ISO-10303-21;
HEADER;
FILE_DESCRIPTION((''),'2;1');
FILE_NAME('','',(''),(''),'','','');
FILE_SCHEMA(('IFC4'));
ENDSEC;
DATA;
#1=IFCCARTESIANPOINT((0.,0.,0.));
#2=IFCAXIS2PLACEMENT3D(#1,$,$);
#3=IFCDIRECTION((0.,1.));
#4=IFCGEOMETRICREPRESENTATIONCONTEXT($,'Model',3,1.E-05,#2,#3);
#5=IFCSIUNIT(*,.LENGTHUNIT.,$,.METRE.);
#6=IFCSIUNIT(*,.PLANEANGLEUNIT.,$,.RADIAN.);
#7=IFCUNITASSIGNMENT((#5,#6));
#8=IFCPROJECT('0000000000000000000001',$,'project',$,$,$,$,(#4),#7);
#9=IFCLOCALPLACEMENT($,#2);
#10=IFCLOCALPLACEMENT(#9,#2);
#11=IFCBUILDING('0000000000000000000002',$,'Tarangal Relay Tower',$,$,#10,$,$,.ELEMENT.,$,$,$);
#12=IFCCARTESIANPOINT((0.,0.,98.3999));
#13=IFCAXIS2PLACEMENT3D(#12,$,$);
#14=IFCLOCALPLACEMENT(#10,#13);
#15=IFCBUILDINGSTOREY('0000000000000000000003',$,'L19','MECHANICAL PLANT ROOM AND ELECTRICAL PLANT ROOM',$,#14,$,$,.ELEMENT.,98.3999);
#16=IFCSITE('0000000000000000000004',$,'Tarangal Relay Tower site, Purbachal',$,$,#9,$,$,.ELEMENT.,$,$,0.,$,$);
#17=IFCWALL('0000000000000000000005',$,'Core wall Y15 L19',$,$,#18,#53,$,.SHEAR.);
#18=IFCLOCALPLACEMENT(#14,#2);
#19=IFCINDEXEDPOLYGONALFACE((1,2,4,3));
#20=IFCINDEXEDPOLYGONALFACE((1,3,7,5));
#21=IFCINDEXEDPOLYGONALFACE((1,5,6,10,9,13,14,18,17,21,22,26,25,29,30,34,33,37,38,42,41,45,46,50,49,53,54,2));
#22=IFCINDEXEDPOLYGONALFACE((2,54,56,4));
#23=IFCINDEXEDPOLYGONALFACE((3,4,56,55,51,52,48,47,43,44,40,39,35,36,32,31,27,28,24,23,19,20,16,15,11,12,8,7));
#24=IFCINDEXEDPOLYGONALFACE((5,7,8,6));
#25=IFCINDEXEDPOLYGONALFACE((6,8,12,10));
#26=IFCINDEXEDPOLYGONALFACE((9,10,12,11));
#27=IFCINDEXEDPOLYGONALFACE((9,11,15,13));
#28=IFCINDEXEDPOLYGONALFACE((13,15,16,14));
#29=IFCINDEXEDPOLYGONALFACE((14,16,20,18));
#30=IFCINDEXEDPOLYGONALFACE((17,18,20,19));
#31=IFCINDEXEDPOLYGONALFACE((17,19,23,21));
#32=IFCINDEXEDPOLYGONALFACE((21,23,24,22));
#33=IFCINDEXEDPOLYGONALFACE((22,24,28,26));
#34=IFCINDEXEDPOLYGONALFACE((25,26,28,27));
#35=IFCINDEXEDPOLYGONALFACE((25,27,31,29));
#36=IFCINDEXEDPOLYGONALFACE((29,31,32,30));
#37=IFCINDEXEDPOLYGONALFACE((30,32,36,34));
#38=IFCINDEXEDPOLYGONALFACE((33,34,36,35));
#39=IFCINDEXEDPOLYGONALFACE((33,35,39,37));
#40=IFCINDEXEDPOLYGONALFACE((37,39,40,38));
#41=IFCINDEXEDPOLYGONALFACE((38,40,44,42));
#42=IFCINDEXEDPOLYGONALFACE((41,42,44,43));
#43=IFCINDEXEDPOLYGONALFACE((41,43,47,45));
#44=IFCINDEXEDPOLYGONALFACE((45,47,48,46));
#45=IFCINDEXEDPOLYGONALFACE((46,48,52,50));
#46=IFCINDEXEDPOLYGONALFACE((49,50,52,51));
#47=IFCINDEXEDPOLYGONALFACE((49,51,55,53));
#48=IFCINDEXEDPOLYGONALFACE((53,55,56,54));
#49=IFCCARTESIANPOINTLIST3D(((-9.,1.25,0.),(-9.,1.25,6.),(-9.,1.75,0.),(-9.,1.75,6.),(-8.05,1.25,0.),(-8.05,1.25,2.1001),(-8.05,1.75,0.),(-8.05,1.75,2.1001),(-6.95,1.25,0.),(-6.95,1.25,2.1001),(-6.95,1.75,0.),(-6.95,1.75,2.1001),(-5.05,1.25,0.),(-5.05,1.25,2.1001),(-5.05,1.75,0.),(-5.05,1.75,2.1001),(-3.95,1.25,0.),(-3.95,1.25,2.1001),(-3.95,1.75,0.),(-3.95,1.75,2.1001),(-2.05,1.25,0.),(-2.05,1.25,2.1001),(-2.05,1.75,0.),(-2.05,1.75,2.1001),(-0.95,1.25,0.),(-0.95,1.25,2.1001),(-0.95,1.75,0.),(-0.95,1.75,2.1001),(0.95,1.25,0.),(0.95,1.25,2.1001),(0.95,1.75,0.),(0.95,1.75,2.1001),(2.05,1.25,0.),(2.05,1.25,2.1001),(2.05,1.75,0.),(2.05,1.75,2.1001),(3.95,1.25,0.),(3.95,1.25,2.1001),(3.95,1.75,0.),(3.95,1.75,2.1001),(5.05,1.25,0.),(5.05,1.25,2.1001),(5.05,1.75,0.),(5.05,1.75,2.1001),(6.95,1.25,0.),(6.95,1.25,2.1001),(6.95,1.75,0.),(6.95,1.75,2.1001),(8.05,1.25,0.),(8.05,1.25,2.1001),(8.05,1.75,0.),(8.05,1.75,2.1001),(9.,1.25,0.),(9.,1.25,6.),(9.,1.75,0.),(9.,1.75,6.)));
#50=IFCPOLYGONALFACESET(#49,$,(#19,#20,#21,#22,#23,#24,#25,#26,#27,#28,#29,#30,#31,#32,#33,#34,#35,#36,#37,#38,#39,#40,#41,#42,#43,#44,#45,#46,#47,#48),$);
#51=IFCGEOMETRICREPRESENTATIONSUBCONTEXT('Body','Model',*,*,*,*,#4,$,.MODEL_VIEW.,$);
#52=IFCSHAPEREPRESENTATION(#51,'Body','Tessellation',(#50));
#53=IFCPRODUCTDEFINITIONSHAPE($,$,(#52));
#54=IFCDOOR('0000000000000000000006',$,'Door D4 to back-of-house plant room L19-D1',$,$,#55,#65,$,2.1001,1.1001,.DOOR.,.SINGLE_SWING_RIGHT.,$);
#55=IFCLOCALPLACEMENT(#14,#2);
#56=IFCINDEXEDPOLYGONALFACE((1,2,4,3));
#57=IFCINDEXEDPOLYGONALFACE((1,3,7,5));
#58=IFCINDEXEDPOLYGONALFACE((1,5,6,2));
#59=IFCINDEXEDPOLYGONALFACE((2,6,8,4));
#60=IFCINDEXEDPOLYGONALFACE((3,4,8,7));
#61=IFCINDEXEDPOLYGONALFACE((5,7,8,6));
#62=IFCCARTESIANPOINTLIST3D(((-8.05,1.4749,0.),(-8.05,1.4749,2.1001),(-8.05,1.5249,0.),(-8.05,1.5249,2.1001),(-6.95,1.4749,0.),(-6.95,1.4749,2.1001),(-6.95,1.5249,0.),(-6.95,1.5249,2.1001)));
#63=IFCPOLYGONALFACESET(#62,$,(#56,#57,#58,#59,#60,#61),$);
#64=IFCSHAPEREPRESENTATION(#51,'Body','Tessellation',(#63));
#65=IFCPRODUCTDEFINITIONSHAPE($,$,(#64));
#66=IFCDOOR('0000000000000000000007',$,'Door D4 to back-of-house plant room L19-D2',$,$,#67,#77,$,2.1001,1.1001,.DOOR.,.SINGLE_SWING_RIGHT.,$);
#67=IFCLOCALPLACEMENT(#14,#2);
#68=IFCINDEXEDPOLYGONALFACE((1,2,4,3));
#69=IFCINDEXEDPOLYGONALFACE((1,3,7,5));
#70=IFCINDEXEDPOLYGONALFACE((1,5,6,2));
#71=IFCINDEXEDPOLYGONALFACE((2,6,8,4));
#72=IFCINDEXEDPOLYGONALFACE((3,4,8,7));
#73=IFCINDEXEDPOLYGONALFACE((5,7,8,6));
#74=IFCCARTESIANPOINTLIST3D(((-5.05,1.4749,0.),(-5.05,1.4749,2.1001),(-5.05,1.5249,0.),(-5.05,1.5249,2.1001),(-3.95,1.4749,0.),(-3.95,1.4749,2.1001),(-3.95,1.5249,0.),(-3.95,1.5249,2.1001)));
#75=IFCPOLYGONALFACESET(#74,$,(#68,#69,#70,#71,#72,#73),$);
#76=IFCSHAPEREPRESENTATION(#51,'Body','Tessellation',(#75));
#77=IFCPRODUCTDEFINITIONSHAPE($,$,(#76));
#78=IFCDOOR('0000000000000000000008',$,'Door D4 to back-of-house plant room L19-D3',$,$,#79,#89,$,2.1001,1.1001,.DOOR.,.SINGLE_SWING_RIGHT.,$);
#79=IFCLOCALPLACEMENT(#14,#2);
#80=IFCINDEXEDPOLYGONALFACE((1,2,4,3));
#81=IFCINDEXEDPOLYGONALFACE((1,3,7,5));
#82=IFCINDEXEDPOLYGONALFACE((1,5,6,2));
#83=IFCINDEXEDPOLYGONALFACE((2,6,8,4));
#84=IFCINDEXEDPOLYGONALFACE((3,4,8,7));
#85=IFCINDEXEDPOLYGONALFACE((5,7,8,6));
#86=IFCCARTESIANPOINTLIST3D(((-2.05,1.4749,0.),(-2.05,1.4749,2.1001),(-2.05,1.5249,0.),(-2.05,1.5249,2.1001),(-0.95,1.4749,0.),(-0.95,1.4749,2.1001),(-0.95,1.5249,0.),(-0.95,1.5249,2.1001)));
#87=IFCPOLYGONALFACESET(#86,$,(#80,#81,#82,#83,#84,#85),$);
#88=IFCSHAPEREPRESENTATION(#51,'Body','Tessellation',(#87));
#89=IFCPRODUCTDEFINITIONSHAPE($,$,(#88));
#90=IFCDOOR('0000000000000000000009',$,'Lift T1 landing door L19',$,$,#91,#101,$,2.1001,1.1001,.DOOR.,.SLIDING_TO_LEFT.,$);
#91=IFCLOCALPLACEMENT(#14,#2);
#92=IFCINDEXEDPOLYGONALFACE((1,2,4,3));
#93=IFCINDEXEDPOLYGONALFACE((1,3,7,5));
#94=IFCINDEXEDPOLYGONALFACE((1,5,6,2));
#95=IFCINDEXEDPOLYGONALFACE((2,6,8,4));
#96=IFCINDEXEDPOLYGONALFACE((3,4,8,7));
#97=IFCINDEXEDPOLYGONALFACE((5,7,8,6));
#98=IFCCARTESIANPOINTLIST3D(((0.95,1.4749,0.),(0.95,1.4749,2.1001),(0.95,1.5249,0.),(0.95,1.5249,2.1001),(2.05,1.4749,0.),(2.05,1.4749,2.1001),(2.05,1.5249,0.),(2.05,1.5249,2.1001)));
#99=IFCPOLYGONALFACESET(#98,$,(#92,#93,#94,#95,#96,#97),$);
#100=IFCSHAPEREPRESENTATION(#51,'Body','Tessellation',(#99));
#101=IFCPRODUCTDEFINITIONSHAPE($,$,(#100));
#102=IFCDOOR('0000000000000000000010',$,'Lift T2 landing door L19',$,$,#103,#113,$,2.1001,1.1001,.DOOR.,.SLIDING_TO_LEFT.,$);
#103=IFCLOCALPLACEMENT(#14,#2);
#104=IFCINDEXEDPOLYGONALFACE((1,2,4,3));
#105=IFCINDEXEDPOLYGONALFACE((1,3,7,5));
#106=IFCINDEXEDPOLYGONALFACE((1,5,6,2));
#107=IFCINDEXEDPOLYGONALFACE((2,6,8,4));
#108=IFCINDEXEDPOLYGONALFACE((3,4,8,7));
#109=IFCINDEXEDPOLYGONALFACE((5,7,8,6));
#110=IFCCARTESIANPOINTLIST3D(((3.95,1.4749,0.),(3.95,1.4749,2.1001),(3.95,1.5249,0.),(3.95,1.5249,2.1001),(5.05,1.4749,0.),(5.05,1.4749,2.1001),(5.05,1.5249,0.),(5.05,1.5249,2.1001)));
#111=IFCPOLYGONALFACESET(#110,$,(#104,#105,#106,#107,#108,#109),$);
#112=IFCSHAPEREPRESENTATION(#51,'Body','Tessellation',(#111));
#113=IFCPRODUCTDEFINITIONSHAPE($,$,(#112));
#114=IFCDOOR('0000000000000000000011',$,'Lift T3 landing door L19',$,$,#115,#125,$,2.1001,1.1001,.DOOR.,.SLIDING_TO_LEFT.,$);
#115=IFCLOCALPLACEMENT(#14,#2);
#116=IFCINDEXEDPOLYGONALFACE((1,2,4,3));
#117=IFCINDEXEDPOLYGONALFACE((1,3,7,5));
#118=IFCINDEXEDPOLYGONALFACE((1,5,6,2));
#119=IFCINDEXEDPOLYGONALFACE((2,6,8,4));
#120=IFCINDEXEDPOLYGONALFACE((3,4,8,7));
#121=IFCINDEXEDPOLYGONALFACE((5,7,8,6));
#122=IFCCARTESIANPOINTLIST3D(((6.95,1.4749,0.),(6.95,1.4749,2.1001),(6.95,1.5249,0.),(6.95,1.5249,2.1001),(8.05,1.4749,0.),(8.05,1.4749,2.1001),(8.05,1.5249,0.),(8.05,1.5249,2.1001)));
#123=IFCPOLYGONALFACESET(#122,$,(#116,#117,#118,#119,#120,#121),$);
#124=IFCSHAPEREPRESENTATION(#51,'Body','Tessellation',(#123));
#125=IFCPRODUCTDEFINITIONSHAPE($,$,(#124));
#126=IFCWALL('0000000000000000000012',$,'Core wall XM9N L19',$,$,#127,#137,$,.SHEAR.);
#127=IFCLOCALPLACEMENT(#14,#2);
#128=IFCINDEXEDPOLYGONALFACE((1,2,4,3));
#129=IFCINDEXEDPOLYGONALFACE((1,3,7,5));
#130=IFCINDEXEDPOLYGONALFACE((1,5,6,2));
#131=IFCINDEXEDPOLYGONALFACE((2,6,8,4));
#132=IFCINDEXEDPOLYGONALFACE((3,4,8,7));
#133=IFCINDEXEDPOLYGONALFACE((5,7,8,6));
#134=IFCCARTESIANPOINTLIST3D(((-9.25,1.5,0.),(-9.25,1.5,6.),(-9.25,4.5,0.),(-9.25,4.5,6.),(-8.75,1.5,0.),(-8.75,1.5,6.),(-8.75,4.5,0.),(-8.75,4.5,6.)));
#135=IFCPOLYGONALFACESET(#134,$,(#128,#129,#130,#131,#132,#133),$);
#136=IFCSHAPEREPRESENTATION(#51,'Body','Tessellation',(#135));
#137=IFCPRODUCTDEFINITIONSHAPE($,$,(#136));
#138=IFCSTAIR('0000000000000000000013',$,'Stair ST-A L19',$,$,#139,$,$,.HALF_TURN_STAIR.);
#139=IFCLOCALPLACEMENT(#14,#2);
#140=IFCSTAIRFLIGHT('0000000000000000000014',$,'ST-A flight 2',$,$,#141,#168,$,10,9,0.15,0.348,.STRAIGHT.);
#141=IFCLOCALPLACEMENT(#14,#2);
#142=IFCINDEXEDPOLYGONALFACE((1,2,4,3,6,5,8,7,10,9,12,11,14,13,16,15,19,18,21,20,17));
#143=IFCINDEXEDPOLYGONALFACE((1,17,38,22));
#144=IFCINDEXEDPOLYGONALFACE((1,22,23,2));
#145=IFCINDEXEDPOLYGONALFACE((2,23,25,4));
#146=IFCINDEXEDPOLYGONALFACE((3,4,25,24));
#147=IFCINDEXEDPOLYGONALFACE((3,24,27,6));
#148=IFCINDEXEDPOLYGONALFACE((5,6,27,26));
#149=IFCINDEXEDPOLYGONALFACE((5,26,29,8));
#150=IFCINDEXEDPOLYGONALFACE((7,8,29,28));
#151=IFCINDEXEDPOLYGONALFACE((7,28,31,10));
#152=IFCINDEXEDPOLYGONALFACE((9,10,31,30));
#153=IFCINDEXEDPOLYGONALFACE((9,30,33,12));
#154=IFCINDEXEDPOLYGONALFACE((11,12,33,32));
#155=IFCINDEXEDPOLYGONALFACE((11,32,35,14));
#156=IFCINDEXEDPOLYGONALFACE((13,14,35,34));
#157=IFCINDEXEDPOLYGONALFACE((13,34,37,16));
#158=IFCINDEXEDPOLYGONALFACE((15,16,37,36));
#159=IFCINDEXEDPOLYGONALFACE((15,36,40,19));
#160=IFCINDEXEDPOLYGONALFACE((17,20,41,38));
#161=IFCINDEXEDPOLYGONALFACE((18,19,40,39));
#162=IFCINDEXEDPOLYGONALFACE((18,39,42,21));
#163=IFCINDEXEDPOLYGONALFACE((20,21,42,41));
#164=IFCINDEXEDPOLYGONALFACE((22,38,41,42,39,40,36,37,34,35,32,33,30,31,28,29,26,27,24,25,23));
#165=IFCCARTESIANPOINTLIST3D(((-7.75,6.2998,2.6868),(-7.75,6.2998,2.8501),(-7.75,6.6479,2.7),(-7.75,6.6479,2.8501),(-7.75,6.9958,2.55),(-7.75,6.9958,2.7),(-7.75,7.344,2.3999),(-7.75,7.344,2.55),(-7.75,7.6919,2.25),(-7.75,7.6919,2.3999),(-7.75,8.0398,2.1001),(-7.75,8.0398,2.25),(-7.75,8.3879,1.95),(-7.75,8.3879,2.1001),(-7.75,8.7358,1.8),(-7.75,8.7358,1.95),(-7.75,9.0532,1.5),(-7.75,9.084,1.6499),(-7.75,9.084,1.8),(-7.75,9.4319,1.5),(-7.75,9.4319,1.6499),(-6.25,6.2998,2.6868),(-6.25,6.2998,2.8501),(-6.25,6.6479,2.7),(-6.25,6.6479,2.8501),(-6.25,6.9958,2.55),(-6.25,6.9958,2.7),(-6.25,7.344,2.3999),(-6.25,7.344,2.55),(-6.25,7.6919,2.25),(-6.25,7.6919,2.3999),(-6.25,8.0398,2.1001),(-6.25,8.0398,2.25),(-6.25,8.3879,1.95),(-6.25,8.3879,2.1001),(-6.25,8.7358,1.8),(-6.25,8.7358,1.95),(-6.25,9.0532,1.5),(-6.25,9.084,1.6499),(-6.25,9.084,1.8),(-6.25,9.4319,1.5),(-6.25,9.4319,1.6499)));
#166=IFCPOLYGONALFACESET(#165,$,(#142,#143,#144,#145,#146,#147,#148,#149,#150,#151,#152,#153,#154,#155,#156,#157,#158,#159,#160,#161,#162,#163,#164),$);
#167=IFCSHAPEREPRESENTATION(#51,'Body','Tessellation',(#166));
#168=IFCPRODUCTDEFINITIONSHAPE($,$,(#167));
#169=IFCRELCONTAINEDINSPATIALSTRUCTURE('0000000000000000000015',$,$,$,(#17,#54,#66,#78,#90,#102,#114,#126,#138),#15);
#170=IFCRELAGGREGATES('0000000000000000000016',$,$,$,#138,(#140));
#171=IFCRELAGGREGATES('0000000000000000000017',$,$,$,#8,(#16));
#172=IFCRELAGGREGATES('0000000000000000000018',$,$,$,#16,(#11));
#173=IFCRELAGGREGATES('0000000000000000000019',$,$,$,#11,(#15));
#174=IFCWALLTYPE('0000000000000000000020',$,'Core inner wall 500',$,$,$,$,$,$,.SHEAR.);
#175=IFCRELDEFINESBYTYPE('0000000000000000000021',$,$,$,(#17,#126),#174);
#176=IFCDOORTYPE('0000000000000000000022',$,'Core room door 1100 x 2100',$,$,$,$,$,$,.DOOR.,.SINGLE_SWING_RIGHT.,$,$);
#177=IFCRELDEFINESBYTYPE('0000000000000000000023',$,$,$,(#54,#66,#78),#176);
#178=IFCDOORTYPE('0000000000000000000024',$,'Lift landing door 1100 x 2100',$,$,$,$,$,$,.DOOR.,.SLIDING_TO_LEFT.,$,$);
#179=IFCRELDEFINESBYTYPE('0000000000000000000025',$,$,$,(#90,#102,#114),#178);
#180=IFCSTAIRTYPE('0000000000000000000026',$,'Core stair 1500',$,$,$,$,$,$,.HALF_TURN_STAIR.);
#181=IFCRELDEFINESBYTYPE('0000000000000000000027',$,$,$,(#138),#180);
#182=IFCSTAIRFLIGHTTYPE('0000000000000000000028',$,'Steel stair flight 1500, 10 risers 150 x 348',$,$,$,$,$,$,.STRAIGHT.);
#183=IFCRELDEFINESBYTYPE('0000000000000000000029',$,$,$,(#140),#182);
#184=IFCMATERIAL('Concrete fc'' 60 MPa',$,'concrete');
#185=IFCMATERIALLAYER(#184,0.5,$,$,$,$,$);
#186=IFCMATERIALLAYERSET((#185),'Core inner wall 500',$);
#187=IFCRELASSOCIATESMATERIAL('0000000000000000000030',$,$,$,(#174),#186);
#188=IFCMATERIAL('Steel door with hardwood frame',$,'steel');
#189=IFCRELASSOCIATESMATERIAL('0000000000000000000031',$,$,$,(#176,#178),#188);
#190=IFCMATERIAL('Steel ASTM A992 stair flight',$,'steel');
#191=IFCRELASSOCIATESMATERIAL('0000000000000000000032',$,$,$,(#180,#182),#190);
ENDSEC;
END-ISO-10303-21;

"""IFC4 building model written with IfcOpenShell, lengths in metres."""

from ifc_helpers import new_model, si_unit, direction, frame, frame_2d, origin, place, context, subcontext, project, spatial, polyline, rectangle, outline, extrude, material, layer, layer_set, type_object, element, fill, aggregate, save


model = new_model("IFC4")

# Units and contexts
model_context = context("Model", 3, precision=1e-05, world=origin(), true_north=direction((0.0, 1.0)))
body_context = subcontext(model_context, "Body", "Model", "MODEL_VIEW")
ifc_project = project(units=[si_unit("LENGTHUNIT", "METRE"), si_unit("PLANEANGLEUNIT", "RADIAN")], contexts=[model_context])

# Site, building, storey
site_placement = place(None, origin())
site = spatial("IfcSite", under=ifc_project, at=site_placement, Name="Tarangal Relay Tower site, Purbachal", CompositionType="ELEMENT", RefElevation=0.0)
building_placement = place(site_placement, origin())
building = spatial("IfcBuilding", under=site, at=building_placement, Name="Tarangal Relay Tower", CompositionType="ELEMENT")
storey_placement = place(building_placement, frame((0.0, 0.0, 98.3999)))
storey = spatial("IfcBuildingStorey", under=building, at=storey_placement, Name="L19", Description="MECHANICAL PLANT ROOM AND ELECTRICAL PLANT ROOM", CompositionType="ELEMENT", Elevation=98.3999)

# Wall, openings, doors
ifc_material_1 = material(Name="Concrete fc' 60 MPa", Category="concrete")
ifc_layer = layer(ifc_material_1, 0.5)
ifc_layer_set = layer_set([ifc_layer], Name="Core inner wall 500")
wall_type = type_object("IfcWallType", Name="Core inner wall 500", PredefinedType="SHEAR", material=ifc_layer_set)
wall_1_placement = place(storey_placement, frame((-9.0, 1.5, 0.0), z_axis=(0.0, 0.0, 1.0), x_axis=(1.0, 0.0, 0.0)))
wall_1 = element("IfcWall", 1, at=wall_1_placement, inside=storey, type_object=wall_type, Name="Core wall Y15 L19", PredefinedType="SHEAR", context=body_context, shape_type="SweptSolid", body=[
    extrude(rectangle(XDim=18.0, YDim=0.5, at=frame_2d((9.0, 0.0))), origin(), (0.0, 0.0, 1.0), 6.0),
])
opening_1_placement = place(wall_1_placement, frame((9.95, 0.0, 0.0)))
opening_1 = element("IfcOpeningElement", 2, at=opening_1_placement, cuts=wall_1, PredefinedType="OPENING", context=body_context, shape_type="SweptSolid", body=[
    extrude(rectangle(XDim=1.1001, YDim=2.1001, at=frame_2d((0.55, 1.05))), frame((0.0, 0.26, 0.0), z_axis=(0.0, -1.0, 0.0), x_axis=(1.0, 0.0, 0.0)), (0.0, 0.0, 1.0), 0.52),
])
opening_2_placement = place(wall_1_placement, frame((12.95, 0.0, 0.0)))
opening_2 = element("IfcOpeningElement", 3, at=opening_2_placement, cuts=wall_1, PredefinedType="OPENING", context=body_context, shape_type="SweptSolid", body=[
    extrude(rectangle(XDim=1.1001, YDim=2.1001, at=frame_2d((0.55, 1.05))), frame((0.0, 0.26, 0.0), z_axis=(0.0, -1.0, 0.0), x_axis=(1.0, 0.0, 0.0)), (0.0, 0.0, 1.0), 0.52),
])
opening_3_placement = place(wall_1_placement, frame((15.95, 0.0, 0.0)))
opening_3 = element("IfcOpeningElement", 4, at=opening_3_placement, cuts=wall_1, PredefinedType="OPENING", context=body_context, shape_type="SweptSolid", body=[
    extrude(rectangle(XDim=1.1001, YDim=2.1001, at=frame_2d((0.55, 1.05))), frame((0.0, 0.26, 0.0), z_axis=(0.0, -1.0, 0.0), x_axis=(1.0, 0.0, 0.0)), (0.0, 0.0, 1.0), 0.52),
])
opening_4_placement = place(wall_1_placement, frame((0.95, 0.0, 0.0)))
opening_4 = element("IfcOpeningElement", 5, at=opening_4_placement, cuts=wall_1, PredefinedType="OPENING", context=body_context, shape_type="SweptSolid", body=[
    extrude(rectangle(XDim=1.1001, YDim=2.1001, at=frame_2d((0.55, 1.05))), frame((0.0, 0.26, 0.0), z_axis=(0.0, -1.0, 0.0), x_axis=(1.0, 0.0, 0.0)), (0.0, 0.0, 1.0), 0.52),
])
opening_5_placement = place(wall_1_placement, frame((3.95, 0.0, 0.0)))
opening_5 = element("IfcOpeningElement", 6, at=opening_5_placement, cuts=wall_1, PredefinedType="OPENING", context=body_context, shape_type="SweptSolid", body=[
    extrude(rectangle(XDim=1.1001, YDim=2.1001, at=frame_2d((0.55, 1.05))), frame((0.0, 0.26, 0.0), z_axis=(0.0, -1.0, 0.0), x_axis=(1.0, 0.0, 0.0)), (0.0, 0.0, 1.0), 0.52),
])
opening_6_placement = place(wall_1_placement, frame((6.95, 0.0, 0.0)))
opening_6 = element("IfcOpeningElement", 7, at=opening_6_placement, cuts=wall_1, PredefinedType="OPENING", context=body_context, shape_type="SweptSolid", body=[
    extrude(rectangle(XDim=1.1001, YDim=2.1001, at=frame_2d((0.55, 1.05))), frame((0.0, 0.26, 0.0), z_axis=(0.0, -1.0, 0.0), x_axis=(1.0, 0.0, 0.0)), (0.0, 0.0, 1.0), 0.52),
])
ifc_material_2 = material(Name="Steel door with hardwood frame", Category="steel")
door_type_1 = type_object("IfcDoorType", Name="Core room door 1100 x 2100", OperationType="SINGLE_SWING_RIGHT", PredefinedType="DOOR", material=ifc_material_2)
door_1_placement = place(opening_4_placement, origin())
door_1 = element("IfcDoor", 8, at=door_1_placement, inside=storey, type_object=door_type_1, Name="Door D4 to back-of-house plant room L19-D1", OperationType="SINGLE_SWING_RIGHT", OverallHeight=2.1001, OverallWidth=1.1001, PredefinedType="DOOR", context=body_context, shape_type="SweptSolid", body=[
    extrude(rectangle(XDim=1.1001, YDim=2.1001, at=frame_2d((0.55, 1.05))), frame((0.0, 0.0249, 0.0), z_axis=(0.0, -1.0, 0.0), x_axis=(1.0, 0.0, 0.0)), (0.0, 0.0, 1.0), 0.05),
])
fill(opening_4, door_1)
door_2_placement = place(opening_5_placement, origin())
door_2 = element("IfcDoor", 9, at=door_2_placement, inside=storey, type_object=door_type_1, Name="Door D4 to back-of-house plant room L19-D2", OperationType="SINGLE_SWING_RIGHT", OverallHeight=2.1001, OverallWidth=1.1001, PredefinedType="DOOR", context=body_context, shape_type="SweptSolid", body=[
    extrude(rectangle(XDim=1.1001, YDim=2.1001, at=frame_2d((0.55, 1.05))), frame((0.0, 0.0249, 0.0), z_axis=(0.0, -1.0, 0.0), x_axis=(1.0, 0.0, 0.0)), (0.0, 0.0, 1.0), 0.05),
])
fill(opening_5, door_2)
door_3_placement = place(opening_6_placement, origin())
door_3 = element("IfcDoor", 10, at=door_3_placement, inside=storey, type_object=door_type_1, Name="Door D4 to back-of-house plant room L19-D3", OperationType="SINGLE_SWING_RIGHT", OverallHeight=2.1001, OverallWidth=1.1001, PredefinedType="DOOR", context=body_context, shape_type="SweptSolid", body=[
    extrude(rectangle(XDim=1.1001, YDim=2.1001, at=frame_2d((0.55, 1.05))), frame((0.0, 0.0249, 0.0), z_axis=(0.0, -1.0, 0.0), x_axis=(1.0, 0.0, 0.0)), (0.0, 0.0, 1.0), 0.05),
])
fill(opening_6, door_3)
door_type_2 = type_object("IfcDoorType", Name="Lift landing door 1100 x 2100", OperationType="SLIDING_TO_LEFT", PredefinedType="DOOR", material=ifc_material_2)
door_4_placement = place(opening_1_placement, origin())
door_4 = element("IfcDoor", 11, at=door_4_placement, inside=storey, type_object=door_type_2, Name="Lift T1 landing door L19", OperationType="SLIDING_TO_LEFT", OverallHeight=2.1001, OverallWidth=1.1001, PredefinedType="DOOR", context=body_context, shape_type="SweptSolid", body=[
    extrude(rectangle(XDim=1.1001, YDim=2.1001, at=frame_2d((0.55, 1.05))), frame((0.0, 0.0249, 0.0), z_axis=(0.0, -1.0, 0.0), x_axis=(1.0, 0.0, 0.0)), (0.0, 0.0, 1.0), 0.05),
])
fill(opening_1, door_4)
door_5_placement = place(opening_2_placement, origin())
door_5 = element("IfcDoor", 12, at=door_5_placement, inside=storey, type_object=door_type_2, Name="Lift T2 landing door L19", OperationType="SLIDING_TO_LEFT", OverallHeight=2.1001, OverallWidth=1.1001, PredefinedType="DOOR", context=body_context, shape_type="SweptSolid", body=[
    extrude(rectangle(XDim=1.1001, YDim=2.1001, at=frame_2d((0.55, 1.05))), frame((0.0, 0.0249, 0.0), z_axis=(0.0, -1.0, 0.0), x_axis=(1.0, 0.0, 0.0)), (0.0, 0.0, 1.0), 0.05),
])
fill(opening_2, door_5)
door_6_placement = place(opening_3_placement, origin())
door_6 = element("IfcDoor", 13, at=door_6_placement, inside=storey, type_object=door_type_2, Name="Lift T3 landing door L19", OperationType="SLIDING_TO_LEFT", OverallHeight=2.1001, OverallWidth=1.1001, PredefinedType="DOOR", context=body_context, shape_type="SweptSolid", body=[
    extrude(rectangle(XDim=1.1001, YDim=2.1001, at=frame_2d((0.55, 1.05))), frame((0.0, 0.0249, 0.0), z_axis=(0.0, -1.0, 0.0), x_axis=(1.0, 0.0, 0.0)), (0.0, 0.0, 1.0), 0.05),
])
fill(opening_3, door_6)

# Wall
wall_2_placement = place(storey_placement, frame((-9.0, 1.5, 0.0), z_axis=(0.0, 0.0, 1.0), x_axis=(0.0, 1.0, 0.0)))
element("IfcWall", 14, at=wall_2_placement, inside=storey, type_object=wall_type, Name="Core wall XM9N L19", PredefinedType="SHEAR", context=body_context, shape_type="SweptSolid", body=[
    extrude(rectangle(XDim=3.0, YDim=0.5, at=frame_2d((1.5, 0.0))), origin(), (0.0, 0.0, 1.0), 6.0),
])

# Stair, stair flight
ifc_material_3 = material(Name="Steel ASTM A992 stair flight", Category="steel")
stair_type = type_object("IfcStairType", Name="Core stair 1500", PredefinedType="HALF_TURN_STAIR", material=ifc_material_3)
stair_placement = place(storey_placement, origin())
stair = element("IfcStair", 15, at=stair_placement, inside=storey, type_object=stair_type, Name="Stair ST-A L19", PredefinedType="HALF_TURN_STAIR")
stair_flight_type = type_object("IfcStairFlightType", Name="Steel stair flight 1500, 10 risers 150 x 348", PredefinedType="STRAIGHT", material=ifc_material_3)
stair_flight_1_placement = place(storey_placement, frame((-7.0, 9.4319, 1.5), z_axis=(0.0, 0.0, 1.0), x_axis=(0.0, -1.0, 0.0)))
stair_flight_1 = element("IfcStairFlight", 16, at=stair_flight_1_placement, type_object=stair_flight_type, Name="ST-A flight 2", NumberOfRisers=10, NumberOfTreads=9, PredefinedType="STRAIGHT", RiserHeight=0.15, TreadLength=0.348, context=body_context, shape_type="SweptSolid", body=[
    extrude(outline(polyline([(0.0, 0.0), (0.0, 0.1499), (0.3479, 0.1499), (0.3479, 0.3), (0.696, 0.3), (0.696, 0.45), (1.0439, 0.45), (1.0439, 0.6001), (1.3921, 0.6001), (1.3921, 0.75), (1.74, 0.75), (1.74, 0.8999), (2.0879, 0.8999), (2.0879, 1.05), (2.436, 1.05), (2.436, 1.2), (2.7839, 1.2), (2.7839, 1.3501), (3.1321, 1.3501), (3.1321, 1.5), (3.1321, 1.1868), (0.3787, 0.0), (0.0, 0.0)])), frame((0.0, 0.75, 0.0), z_axis=(0.0, -1.0, 0.0), x_axis=(1.0, 0.0, 0.0)), (0.0, 0.0, 1.0), 1.5),
])
aggregate(stair, [stair_flight_1])

save(model, "model.ifc")
